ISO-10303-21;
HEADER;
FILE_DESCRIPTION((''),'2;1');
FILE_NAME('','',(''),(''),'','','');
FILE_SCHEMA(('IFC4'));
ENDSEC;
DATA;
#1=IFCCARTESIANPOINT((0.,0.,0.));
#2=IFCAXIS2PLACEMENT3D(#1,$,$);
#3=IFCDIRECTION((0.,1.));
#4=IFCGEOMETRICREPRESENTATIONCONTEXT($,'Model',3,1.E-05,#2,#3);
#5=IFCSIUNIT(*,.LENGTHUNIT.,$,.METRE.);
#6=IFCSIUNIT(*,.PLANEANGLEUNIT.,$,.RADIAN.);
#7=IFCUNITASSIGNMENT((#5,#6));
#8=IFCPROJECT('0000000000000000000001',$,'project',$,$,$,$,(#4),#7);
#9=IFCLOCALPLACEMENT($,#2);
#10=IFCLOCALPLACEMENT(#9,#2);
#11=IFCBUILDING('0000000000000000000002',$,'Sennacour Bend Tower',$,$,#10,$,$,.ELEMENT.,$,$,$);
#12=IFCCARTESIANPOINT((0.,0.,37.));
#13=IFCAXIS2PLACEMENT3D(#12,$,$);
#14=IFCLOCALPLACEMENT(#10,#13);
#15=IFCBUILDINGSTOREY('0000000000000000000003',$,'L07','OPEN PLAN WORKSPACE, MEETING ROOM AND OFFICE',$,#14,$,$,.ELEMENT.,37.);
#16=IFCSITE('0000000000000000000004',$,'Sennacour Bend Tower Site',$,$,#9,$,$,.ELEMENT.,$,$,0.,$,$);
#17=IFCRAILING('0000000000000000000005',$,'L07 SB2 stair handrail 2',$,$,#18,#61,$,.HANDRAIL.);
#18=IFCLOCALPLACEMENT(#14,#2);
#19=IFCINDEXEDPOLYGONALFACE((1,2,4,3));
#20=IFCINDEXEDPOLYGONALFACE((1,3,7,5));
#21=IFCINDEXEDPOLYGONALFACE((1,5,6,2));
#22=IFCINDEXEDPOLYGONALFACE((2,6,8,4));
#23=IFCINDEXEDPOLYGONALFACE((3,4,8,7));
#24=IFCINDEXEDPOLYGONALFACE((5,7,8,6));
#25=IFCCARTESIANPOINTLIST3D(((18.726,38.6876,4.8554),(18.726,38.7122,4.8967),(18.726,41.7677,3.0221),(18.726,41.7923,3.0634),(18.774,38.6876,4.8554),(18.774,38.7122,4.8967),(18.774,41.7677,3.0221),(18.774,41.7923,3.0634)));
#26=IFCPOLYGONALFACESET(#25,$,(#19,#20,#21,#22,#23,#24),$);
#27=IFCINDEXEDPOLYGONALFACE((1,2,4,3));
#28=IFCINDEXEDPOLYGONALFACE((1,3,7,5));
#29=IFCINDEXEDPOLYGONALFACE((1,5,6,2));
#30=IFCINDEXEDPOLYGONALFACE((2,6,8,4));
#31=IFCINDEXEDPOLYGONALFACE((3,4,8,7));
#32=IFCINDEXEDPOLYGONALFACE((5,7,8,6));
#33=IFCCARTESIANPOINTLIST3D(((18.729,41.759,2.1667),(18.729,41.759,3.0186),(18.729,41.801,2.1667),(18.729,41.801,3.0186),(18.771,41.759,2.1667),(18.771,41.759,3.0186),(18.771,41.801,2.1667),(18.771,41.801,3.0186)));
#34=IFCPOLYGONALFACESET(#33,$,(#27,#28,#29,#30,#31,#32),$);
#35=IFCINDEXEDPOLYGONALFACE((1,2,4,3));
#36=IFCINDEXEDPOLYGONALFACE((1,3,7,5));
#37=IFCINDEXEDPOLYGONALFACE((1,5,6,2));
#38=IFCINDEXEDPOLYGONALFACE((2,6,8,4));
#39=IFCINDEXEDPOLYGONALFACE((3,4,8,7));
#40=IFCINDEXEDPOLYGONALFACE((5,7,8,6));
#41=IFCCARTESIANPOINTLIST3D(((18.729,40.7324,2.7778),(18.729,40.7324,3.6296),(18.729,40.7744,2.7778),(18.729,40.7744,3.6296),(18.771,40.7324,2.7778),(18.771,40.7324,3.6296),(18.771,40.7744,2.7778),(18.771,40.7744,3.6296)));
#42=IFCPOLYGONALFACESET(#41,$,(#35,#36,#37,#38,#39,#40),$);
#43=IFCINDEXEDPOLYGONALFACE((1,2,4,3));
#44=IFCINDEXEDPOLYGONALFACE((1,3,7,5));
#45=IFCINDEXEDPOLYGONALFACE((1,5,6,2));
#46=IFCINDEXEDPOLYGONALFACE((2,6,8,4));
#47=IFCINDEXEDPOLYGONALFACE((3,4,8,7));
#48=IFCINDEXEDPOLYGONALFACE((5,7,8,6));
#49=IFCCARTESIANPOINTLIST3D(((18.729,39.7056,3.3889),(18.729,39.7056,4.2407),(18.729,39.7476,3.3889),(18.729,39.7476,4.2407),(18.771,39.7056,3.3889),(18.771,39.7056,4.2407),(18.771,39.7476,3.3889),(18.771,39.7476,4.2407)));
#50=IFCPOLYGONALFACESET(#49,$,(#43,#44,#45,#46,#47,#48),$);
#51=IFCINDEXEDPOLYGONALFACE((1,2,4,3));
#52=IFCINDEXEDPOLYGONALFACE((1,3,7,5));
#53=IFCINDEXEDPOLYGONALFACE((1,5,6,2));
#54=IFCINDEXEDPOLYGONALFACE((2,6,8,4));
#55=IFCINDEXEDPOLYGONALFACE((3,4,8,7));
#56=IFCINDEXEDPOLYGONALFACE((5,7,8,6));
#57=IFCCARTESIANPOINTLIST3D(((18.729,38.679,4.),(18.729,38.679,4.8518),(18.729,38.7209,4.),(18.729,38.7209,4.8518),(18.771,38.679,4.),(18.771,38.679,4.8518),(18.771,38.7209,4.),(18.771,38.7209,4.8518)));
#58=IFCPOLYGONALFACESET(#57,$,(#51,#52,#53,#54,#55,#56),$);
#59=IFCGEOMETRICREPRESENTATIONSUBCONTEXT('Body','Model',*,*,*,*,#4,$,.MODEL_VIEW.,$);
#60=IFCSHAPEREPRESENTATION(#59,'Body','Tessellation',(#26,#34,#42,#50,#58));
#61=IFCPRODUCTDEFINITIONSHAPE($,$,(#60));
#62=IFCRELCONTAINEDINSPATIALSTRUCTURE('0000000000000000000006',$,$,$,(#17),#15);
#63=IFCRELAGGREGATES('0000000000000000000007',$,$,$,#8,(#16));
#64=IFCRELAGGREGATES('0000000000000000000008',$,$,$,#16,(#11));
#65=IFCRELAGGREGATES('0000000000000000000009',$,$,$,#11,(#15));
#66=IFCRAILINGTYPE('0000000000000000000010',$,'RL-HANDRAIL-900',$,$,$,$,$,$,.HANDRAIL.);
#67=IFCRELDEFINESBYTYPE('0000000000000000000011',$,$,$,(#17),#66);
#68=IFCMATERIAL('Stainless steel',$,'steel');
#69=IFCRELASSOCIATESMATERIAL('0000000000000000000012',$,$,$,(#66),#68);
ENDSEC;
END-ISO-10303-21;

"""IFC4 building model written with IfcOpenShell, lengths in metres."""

from ifc_helpers import new_model, si_unit, direction, frame, origin, origin_2d, place, context, subcontext, project, spatial, rectangle, extrude, material, type_object, element, save


model = new_model("IFC4")

# Units and contexts
model_context = context("Model", 3, precision=1e-05, world=origin(), true_north=direction((0.0, 1.0)))
body_context = subcontext(model_context, "Body", "Model", "MODEL_VIEW")
ifc_project = project(units=[si_unit("LENGTHUNIT", "METRE"), si_unit("PLANEANGLEUNIT", "RADIAN")], contexts=[model_context])

# Site, building, storey
site_placement = place(None, origin())
site = spatial("IfcSite", under=ifc_project, at=site_placement, Name="Sennacour Bend Tower Site", CompositionType="ELEMENT", RefElevation=0.0)
building_placement = place(site_placement, origin())
building = spatial("IfcBuilding", under=site, at=building_placement, Name="Sennacour Bend Tower", CompositionType="ELEMENT")
storey_placement = place(building_placement, frame((0.0, 0.0, 37.0)))
storey = spatial("IfcBuildingStorey", under=building, at=storey_placement, Name="L07", Description="OPEN PLAN WORKSPACE, MEETING ROOM AND OFFICE", CompositionType="ELEMENT", Elevation=37.0)

# Shared definitions
ifc_material_1 = material(Name="Stainless steel", Category="steel")

# Railing
railing_type_1 = type_object("IfcRailingType", Name="RL-HANDRAIL-900", PredefinedType="HANDRAIL", material=ifc_material_1)
railing_1_placement = place(storey_placement, frame((18.75, 41.78, 2.1667)))
element("IfcRailing", 1, at=railing_1_placement, inside=storey, type_object=railing_type_1, Name="L07 SB2 stair handrail 2", PredefinedType="HANDRAIL", context=body_context, shape_type="SweptSolid", body=[
    extrude(rectangle(XDim=0.0481, YDim=0.0481, at=origin_2d()), frame((0.0, 0.0, 0.876), z_axis=(0.0, -0.859309, 0.511458), x_axis=(1.0, 0.0, 0.0)), (0.0, 0.0, 1.0), 3.5845),
    extrude(rectangle(XDim=0.042, YDim=0.042, at=origin_2d()), origin(), (0.0, 0.0, 1.0), 0.8518),
    extrude(rectangle(XDim=0.042, YDim=0.042, at=origin_2d()), frame((0.0, -1.0266, 0.6111)), (0.0, 0.0, 1.0), 0.8518),
    extrude(rectangle(XDim=0.042, YDim=0.042, at=origin_2d()), frame((0.0, -2.0535, 1.2222)), (0.0, 0.0, 1.0), 0.8518),
    extrude(rectangle(XDim=0.042, YDim=0.042, at=origin_2d()), frame((0.0, -3.0801, 1.8333)), (0.0, 0.0, 1.0), 0.8518),
])

save(model, "model.ifc")
